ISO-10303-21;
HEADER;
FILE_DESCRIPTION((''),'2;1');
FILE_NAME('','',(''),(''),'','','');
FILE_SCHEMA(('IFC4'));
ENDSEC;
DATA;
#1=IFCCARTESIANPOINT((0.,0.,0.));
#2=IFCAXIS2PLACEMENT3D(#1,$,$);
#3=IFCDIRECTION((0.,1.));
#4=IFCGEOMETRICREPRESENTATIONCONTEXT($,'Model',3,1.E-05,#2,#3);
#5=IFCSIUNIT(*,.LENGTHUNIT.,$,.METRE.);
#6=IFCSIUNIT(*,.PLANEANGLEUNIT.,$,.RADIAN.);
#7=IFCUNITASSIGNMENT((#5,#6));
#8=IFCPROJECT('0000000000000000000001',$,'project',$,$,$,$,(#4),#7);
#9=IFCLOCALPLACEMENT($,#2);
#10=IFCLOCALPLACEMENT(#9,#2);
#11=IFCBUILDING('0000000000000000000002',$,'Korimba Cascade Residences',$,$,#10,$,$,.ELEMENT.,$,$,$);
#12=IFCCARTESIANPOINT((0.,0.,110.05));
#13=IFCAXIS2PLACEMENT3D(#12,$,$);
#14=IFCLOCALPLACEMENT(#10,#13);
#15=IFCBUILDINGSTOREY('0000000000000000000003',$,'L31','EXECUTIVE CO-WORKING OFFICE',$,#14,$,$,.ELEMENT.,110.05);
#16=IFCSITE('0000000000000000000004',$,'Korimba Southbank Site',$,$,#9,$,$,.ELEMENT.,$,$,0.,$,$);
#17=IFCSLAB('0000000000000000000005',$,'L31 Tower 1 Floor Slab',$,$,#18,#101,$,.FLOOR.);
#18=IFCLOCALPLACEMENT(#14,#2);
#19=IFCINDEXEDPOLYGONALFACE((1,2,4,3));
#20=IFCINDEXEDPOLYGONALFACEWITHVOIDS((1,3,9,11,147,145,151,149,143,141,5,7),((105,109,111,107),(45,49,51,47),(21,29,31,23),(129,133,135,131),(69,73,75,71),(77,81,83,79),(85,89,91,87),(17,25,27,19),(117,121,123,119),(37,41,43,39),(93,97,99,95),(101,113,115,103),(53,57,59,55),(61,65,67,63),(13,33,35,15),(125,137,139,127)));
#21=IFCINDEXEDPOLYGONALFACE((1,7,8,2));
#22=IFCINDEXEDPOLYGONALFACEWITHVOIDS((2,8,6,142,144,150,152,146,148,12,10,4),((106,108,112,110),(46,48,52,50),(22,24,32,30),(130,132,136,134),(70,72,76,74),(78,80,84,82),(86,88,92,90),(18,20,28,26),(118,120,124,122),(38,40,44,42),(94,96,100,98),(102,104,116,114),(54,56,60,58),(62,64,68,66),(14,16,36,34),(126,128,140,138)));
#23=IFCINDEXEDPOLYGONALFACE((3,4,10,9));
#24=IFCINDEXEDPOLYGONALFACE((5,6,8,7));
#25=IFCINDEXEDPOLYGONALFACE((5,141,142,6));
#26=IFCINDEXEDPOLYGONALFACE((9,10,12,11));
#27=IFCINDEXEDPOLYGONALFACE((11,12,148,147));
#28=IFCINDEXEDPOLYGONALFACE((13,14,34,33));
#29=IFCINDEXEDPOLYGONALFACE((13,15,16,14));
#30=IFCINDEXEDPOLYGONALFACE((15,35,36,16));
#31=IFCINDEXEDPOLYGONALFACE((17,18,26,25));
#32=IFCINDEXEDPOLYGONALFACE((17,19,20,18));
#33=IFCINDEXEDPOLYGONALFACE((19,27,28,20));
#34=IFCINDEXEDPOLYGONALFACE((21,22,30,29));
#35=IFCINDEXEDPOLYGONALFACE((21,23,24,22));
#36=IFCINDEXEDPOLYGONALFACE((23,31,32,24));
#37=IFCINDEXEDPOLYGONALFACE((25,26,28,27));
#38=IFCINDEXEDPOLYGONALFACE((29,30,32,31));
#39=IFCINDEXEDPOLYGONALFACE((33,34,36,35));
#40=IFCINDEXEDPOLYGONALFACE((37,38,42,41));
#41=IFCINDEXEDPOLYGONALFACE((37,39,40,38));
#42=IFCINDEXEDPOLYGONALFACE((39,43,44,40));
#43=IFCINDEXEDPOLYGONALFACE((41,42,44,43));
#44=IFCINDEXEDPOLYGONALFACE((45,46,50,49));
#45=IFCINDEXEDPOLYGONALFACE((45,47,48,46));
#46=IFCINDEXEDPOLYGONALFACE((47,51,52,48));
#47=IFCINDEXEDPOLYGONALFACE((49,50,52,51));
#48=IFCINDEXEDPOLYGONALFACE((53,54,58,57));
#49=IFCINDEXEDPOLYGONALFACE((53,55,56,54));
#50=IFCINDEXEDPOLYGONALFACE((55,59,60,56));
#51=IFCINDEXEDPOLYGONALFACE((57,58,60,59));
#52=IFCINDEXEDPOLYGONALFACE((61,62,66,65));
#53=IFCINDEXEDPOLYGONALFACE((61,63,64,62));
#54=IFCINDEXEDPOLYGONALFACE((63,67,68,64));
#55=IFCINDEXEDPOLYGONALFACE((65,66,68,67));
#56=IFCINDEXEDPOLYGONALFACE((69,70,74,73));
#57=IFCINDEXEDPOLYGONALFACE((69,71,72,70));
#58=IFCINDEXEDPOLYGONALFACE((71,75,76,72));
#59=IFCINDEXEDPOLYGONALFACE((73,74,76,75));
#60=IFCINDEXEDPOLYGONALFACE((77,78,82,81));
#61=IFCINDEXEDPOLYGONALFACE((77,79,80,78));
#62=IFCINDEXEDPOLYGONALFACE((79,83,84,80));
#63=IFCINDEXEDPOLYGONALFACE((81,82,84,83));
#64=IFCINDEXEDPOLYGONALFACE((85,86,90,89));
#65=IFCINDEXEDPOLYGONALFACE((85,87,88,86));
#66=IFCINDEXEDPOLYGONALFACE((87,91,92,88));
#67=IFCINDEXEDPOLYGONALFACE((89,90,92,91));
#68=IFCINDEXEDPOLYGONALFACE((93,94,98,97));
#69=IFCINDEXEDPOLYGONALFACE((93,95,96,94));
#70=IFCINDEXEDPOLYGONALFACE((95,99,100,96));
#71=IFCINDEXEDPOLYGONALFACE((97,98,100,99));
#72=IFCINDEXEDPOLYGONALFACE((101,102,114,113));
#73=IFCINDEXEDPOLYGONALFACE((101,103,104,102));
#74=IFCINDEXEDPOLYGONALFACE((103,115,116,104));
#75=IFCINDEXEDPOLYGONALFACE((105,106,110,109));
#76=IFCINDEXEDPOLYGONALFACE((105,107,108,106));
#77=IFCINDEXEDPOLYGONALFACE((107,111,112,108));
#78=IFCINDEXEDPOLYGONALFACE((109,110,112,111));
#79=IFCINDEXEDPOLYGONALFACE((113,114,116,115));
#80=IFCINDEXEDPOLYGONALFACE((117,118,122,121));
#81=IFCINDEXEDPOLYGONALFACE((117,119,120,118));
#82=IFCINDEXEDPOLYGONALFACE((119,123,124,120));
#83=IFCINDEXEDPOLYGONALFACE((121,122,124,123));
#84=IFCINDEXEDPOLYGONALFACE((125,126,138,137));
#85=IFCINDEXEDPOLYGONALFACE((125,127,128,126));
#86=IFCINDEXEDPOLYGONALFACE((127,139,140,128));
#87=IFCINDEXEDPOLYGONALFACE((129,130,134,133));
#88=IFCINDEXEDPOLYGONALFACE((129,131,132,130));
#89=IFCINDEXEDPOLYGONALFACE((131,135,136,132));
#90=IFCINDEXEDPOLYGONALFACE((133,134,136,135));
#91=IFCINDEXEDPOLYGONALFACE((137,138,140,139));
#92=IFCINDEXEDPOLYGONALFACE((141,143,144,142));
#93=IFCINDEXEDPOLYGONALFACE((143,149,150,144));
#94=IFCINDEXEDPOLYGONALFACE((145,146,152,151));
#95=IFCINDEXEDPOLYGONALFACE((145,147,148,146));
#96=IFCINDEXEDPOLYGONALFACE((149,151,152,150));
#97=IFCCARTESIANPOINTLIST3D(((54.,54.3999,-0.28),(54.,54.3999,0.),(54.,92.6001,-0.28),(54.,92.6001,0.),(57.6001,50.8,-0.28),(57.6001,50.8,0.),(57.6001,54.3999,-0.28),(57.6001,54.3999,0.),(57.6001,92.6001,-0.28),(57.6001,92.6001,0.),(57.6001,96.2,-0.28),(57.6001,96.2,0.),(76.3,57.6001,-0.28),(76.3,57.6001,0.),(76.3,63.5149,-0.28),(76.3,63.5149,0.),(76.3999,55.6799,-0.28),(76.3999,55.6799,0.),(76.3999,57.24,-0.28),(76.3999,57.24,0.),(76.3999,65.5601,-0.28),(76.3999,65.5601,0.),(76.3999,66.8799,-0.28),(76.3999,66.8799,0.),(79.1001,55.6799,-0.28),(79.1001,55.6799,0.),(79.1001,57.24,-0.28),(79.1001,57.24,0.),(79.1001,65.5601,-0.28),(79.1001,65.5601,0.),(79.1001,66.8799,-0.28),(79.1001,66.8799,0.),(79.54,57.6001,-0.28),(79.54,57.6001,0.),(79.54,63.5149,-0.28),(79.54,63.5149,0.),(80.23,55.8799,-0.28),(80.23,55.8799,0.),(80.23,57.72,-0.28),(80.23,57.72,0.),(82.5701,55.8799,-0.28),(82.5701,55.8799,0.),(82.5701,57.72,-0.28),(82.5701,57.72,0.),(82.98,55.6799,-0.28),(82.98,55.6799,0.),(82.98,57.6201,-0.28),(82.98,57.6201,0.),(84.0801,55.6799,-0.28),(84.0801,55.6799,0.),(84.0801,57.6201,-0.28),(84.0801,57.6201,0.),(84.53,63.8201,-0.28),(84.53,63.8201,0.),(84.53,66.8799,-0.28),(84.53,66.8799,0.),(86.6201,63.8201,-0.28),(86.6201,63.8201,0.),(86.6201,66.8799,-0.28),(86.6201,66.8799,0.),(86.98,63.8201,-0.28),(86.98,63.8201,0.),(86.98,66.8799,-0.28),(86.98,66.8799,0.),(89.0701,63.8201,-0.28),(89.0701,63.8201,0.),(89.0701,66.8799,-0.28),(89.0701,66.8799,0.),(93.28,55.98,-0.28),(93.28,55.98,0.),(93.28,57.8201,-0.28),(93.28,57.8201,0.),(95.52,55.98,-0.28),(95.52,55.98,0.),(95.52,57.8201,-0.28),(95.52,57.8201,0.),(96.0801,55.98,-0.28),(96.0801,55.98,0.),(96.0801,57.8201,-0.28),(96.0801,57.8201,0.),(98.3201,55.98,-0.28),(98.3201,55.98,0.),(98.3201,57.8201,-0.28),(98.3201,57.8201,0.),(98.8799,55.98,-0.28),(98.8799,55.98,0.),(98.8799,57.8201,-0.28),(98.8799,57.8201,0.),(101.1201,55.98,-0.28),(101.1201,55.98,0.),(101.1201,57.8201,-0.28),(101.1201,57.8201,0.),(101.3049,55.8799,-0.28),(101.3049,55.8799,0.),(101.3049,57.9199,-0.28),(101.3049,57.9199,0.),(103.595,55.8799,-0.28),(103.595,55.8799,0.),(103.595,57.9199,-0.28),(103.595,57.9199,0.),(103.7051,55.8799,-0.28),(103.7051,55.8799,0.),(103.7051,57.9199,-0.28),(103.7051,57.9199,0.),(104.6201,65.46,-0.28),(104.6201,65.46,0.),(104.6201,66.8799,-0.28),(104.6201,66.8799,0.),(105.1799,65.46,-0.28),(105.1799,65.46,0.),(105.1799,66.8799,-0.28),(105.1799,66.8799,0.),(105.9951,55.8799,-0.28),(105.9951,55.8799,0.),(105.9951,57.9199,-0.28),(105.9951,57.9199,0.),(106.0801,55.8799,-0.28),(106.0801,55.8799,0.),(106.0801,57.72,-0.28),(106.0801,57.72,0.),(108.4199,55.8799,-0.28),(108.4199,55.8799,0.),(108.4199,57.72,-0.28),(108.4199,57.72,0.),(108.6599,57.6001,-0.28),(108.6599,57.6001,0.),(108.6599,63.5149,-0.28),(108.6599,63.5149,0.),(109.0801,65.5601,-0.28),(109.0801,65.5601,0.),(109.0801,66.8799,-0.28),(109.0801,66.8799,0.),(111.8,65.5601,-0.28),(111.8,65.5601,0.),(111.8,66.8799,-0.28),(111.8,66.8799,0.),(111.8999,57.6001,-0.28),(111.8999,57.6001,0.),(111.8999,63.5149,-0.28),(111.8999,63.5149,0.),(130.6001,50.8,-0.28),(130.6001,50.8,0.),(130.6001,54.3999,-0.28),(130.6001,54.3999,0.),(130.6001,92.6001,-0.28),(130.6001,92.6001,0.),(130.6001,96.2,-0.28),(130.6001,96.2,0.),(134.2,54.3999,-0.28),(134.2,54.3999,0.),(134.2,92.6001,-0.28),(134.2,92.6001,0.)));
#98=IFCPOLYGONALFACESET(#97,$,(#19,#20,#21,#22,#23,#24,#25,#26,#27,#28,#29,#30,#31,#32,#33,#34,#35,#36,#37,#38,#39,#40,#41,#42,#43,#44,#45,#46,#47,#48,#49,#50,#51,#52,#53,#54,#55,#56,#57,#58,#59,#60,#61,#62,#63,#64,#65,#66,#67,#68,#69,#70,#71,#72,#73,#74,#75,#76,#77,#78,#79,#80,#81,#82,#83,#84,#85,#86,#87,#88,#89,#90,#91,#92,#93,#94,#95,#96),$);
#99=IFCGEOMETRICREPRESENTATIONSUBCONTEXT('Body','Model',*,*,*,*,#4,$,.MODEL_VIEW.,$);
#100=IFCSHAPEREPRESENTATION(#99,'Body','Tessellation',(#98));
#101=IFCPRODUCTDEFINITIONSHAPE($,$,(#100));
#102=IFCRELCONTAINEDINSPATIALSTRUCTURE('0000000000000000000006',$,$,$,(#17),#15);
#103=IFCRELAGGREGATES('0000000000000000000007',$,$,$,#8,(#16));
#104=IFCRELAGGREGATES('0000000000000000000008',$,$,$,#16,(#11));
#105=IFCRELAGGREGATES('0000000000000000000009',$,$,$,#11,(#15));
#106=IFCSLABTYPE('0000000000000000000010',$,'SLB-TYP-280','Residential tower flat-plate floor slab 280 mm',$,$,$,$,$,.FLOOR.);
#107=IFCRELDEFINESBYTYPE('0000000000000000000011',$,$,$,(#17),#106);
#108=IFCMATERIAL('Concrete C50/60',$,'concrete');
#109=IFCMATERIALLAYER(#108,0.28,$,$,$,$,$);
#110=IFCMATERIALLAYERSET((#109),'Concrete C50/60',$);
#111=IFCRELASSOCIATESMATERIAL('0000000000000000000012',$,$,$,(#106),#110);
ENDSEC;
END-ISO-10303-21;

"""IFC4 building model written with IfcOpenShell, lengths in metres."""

from ifc_helpers import new_model, si_unit, direction, frame, origin, place, context, subcontext, project, spatial, polyline, outline, extrude, material, layer, layer_set, type_object, element, save


model = new_model("IFC4")

# Units and contexts
model_context = context("Model", 3, precision=1e-05, world=origin(), true_north=direction((0.0, 1.0)))
body_context = subcontext(model_context, "Body", "Model", "MODEL_VIEW")
ifc_project = project(units=[si_unit("LENGTHUNIT", "METRE"), si_unit("PLANEANGLEUNIT", "RADIAN")], contexts=[model_context])

# Site, building, storey
site_placement = place(None, origin())
site = spatial("IfcSite", under=ifc_project, at=site_placement, Name="Korimba Southbank Site", CompositionType="ELEMENT", RefElevation=0.0)
building_placement = place(site_placement, origin())
building = spatial("IfcBuilding", under=site, at=building_placement, Name="Korimba Cascade Residences", CompositionType="ELEMENT")
storey_placement = place(building_placement, frame((0.0, 0.0, 110.05)))
storey = spatial("IfcBuildingStorey", under=building, at=storey_placement, Name="L31", Description="EXECUTIVE CO-WORKING OFFICE", CompositionType="ELEMENT", Elevation=110.05)

# Shared definitions
ifc_material_1 = material(Name="Concrete C50/60", Category="concrete")

# Slab
ifc_layer_1 = layer(ifc_material_1, 0.28)
ifc_layer_set_1 = layer_set([ifc_layer_1], Name="Concrete C50/60")
slab_type_1 = type_object("IfcSlabType", Name="SLB-TYP-280", Description="Residential tower flat-plate floor slab 280 mm", PredefinedType="FLOOR", material=ifc_layer_set_1)
slab_1_placement = place(storey_placement, frame((0.0, 0.0, -0.28)))
element("IfcSlab", 1, at=slab_1_placement, inside=storey, type_object=slab_type_1, Name="L31 Tower 1 Floor Slab", PredefinedType="FLOOR", context=body_context, shape_type="SweptSolid", body=[
    extrude(outline(polyline([(57.6001, 50.8), (130.6001, 50.8), (130.6001, 54.3999), (134.2, 54.3999), (134.2, 92.6001), (130.6001, 92.6001), (130.6001, 96.2), (57.6001, 96.2), (57.6001, 92.6001), (54.0, 92.6001), (54.0, 54.3999), (57.6001, 54.3999), (57.6001, 50.8)]), holes=[polyline([(76.3, 63.5149), (76.3, 57.6001), (79.54, 57.6001), (79.54, 63.5149), (76.3, 63.5149)]), polyline([(108.6599, 63.5149), (108.6599, 57.6001), (111.8999, 57.6001), (111.8999, 63.5149), (108.6599, 63.5149)]), polyline([(80.23, 55.8799), (82.5701, 55.8799), (82.5701, 57.72), (80.23, 57.72), (80.23, 55.8799)]), polyline([(106.0801, 55.8799), (108.4199, 55.8799), (108.4199, 57.72), (106.0801, 57.72), (106.0801, 55.8799)]), polyline([(93.28, 55.98), (95.52, 55.98), (95.52, 57.8201), (93.28, 57.8201), (93.28, 55.98)]), polyline([(96.0801, 55.98), (98.3201, 55.98), (98.3201, 57.8201), (96.0801, 57.8201), (96.0801, 55.98)]), polyline([(98.8799, 55.98), (101.1201, 55.98), (101.1201, 57.8201), (98.8799, 57.8201), (98.8799, 55.98)]), polyline([(101.3049, 55.8799), (103.595, 55.8799), (103.595, 57.9199), (101.3049, 57.9199), (101.3049, 55.8799)]), polyline([(103.7051, 55.8799), (105.9951, 55.8799), (105.9951, 57.9199), (103.7051, 57.9199), (103.7051, 55.8799)]), polyline([(82.98, 55.6799), (84.0801, 55.6799), (84.0801, 57.6201), (82.98, 57.6201), (82.98, 55.6799)]), polyline([(76.3999, 65.5601), (79.1001, 65.5601), (79.1001, 66.8799), (76.3999, 66.8799), (76.3999, 65.5601)]), polyline([(76.3999, 55.6799), (79.1001, 55.6799), (79.1001, 57.24), (76.3999, 57.24), (76.3999, 55.6799)]), polyline([(84.53, 63.8201), (86.6201, 63.8201), (86.6201, 66.8799), (84.53, 66.8799), (84.53, 63.8201)]), polyline([(86.98, 63.8201), (89.0701, 63.8201), (89.0701, 66.8799), (86.98, 66.8799), (86.98, 63.8201)]), polyline([(104.6201, 65.46), (105.1799, 65.46), (105.1799, 66.8799), (104.6201, 66.8799), (104.6201, 65.46)]), polyline([(109.0801, 65.5601), (111.8, 65.5601), (111.8, 66.8799), (109.0801, 66.8799), (109.0801, 65.5601)])]), origin(), (0.0, 0.0, 1.0), 0.28),
])

save(model, "model.ifc")
